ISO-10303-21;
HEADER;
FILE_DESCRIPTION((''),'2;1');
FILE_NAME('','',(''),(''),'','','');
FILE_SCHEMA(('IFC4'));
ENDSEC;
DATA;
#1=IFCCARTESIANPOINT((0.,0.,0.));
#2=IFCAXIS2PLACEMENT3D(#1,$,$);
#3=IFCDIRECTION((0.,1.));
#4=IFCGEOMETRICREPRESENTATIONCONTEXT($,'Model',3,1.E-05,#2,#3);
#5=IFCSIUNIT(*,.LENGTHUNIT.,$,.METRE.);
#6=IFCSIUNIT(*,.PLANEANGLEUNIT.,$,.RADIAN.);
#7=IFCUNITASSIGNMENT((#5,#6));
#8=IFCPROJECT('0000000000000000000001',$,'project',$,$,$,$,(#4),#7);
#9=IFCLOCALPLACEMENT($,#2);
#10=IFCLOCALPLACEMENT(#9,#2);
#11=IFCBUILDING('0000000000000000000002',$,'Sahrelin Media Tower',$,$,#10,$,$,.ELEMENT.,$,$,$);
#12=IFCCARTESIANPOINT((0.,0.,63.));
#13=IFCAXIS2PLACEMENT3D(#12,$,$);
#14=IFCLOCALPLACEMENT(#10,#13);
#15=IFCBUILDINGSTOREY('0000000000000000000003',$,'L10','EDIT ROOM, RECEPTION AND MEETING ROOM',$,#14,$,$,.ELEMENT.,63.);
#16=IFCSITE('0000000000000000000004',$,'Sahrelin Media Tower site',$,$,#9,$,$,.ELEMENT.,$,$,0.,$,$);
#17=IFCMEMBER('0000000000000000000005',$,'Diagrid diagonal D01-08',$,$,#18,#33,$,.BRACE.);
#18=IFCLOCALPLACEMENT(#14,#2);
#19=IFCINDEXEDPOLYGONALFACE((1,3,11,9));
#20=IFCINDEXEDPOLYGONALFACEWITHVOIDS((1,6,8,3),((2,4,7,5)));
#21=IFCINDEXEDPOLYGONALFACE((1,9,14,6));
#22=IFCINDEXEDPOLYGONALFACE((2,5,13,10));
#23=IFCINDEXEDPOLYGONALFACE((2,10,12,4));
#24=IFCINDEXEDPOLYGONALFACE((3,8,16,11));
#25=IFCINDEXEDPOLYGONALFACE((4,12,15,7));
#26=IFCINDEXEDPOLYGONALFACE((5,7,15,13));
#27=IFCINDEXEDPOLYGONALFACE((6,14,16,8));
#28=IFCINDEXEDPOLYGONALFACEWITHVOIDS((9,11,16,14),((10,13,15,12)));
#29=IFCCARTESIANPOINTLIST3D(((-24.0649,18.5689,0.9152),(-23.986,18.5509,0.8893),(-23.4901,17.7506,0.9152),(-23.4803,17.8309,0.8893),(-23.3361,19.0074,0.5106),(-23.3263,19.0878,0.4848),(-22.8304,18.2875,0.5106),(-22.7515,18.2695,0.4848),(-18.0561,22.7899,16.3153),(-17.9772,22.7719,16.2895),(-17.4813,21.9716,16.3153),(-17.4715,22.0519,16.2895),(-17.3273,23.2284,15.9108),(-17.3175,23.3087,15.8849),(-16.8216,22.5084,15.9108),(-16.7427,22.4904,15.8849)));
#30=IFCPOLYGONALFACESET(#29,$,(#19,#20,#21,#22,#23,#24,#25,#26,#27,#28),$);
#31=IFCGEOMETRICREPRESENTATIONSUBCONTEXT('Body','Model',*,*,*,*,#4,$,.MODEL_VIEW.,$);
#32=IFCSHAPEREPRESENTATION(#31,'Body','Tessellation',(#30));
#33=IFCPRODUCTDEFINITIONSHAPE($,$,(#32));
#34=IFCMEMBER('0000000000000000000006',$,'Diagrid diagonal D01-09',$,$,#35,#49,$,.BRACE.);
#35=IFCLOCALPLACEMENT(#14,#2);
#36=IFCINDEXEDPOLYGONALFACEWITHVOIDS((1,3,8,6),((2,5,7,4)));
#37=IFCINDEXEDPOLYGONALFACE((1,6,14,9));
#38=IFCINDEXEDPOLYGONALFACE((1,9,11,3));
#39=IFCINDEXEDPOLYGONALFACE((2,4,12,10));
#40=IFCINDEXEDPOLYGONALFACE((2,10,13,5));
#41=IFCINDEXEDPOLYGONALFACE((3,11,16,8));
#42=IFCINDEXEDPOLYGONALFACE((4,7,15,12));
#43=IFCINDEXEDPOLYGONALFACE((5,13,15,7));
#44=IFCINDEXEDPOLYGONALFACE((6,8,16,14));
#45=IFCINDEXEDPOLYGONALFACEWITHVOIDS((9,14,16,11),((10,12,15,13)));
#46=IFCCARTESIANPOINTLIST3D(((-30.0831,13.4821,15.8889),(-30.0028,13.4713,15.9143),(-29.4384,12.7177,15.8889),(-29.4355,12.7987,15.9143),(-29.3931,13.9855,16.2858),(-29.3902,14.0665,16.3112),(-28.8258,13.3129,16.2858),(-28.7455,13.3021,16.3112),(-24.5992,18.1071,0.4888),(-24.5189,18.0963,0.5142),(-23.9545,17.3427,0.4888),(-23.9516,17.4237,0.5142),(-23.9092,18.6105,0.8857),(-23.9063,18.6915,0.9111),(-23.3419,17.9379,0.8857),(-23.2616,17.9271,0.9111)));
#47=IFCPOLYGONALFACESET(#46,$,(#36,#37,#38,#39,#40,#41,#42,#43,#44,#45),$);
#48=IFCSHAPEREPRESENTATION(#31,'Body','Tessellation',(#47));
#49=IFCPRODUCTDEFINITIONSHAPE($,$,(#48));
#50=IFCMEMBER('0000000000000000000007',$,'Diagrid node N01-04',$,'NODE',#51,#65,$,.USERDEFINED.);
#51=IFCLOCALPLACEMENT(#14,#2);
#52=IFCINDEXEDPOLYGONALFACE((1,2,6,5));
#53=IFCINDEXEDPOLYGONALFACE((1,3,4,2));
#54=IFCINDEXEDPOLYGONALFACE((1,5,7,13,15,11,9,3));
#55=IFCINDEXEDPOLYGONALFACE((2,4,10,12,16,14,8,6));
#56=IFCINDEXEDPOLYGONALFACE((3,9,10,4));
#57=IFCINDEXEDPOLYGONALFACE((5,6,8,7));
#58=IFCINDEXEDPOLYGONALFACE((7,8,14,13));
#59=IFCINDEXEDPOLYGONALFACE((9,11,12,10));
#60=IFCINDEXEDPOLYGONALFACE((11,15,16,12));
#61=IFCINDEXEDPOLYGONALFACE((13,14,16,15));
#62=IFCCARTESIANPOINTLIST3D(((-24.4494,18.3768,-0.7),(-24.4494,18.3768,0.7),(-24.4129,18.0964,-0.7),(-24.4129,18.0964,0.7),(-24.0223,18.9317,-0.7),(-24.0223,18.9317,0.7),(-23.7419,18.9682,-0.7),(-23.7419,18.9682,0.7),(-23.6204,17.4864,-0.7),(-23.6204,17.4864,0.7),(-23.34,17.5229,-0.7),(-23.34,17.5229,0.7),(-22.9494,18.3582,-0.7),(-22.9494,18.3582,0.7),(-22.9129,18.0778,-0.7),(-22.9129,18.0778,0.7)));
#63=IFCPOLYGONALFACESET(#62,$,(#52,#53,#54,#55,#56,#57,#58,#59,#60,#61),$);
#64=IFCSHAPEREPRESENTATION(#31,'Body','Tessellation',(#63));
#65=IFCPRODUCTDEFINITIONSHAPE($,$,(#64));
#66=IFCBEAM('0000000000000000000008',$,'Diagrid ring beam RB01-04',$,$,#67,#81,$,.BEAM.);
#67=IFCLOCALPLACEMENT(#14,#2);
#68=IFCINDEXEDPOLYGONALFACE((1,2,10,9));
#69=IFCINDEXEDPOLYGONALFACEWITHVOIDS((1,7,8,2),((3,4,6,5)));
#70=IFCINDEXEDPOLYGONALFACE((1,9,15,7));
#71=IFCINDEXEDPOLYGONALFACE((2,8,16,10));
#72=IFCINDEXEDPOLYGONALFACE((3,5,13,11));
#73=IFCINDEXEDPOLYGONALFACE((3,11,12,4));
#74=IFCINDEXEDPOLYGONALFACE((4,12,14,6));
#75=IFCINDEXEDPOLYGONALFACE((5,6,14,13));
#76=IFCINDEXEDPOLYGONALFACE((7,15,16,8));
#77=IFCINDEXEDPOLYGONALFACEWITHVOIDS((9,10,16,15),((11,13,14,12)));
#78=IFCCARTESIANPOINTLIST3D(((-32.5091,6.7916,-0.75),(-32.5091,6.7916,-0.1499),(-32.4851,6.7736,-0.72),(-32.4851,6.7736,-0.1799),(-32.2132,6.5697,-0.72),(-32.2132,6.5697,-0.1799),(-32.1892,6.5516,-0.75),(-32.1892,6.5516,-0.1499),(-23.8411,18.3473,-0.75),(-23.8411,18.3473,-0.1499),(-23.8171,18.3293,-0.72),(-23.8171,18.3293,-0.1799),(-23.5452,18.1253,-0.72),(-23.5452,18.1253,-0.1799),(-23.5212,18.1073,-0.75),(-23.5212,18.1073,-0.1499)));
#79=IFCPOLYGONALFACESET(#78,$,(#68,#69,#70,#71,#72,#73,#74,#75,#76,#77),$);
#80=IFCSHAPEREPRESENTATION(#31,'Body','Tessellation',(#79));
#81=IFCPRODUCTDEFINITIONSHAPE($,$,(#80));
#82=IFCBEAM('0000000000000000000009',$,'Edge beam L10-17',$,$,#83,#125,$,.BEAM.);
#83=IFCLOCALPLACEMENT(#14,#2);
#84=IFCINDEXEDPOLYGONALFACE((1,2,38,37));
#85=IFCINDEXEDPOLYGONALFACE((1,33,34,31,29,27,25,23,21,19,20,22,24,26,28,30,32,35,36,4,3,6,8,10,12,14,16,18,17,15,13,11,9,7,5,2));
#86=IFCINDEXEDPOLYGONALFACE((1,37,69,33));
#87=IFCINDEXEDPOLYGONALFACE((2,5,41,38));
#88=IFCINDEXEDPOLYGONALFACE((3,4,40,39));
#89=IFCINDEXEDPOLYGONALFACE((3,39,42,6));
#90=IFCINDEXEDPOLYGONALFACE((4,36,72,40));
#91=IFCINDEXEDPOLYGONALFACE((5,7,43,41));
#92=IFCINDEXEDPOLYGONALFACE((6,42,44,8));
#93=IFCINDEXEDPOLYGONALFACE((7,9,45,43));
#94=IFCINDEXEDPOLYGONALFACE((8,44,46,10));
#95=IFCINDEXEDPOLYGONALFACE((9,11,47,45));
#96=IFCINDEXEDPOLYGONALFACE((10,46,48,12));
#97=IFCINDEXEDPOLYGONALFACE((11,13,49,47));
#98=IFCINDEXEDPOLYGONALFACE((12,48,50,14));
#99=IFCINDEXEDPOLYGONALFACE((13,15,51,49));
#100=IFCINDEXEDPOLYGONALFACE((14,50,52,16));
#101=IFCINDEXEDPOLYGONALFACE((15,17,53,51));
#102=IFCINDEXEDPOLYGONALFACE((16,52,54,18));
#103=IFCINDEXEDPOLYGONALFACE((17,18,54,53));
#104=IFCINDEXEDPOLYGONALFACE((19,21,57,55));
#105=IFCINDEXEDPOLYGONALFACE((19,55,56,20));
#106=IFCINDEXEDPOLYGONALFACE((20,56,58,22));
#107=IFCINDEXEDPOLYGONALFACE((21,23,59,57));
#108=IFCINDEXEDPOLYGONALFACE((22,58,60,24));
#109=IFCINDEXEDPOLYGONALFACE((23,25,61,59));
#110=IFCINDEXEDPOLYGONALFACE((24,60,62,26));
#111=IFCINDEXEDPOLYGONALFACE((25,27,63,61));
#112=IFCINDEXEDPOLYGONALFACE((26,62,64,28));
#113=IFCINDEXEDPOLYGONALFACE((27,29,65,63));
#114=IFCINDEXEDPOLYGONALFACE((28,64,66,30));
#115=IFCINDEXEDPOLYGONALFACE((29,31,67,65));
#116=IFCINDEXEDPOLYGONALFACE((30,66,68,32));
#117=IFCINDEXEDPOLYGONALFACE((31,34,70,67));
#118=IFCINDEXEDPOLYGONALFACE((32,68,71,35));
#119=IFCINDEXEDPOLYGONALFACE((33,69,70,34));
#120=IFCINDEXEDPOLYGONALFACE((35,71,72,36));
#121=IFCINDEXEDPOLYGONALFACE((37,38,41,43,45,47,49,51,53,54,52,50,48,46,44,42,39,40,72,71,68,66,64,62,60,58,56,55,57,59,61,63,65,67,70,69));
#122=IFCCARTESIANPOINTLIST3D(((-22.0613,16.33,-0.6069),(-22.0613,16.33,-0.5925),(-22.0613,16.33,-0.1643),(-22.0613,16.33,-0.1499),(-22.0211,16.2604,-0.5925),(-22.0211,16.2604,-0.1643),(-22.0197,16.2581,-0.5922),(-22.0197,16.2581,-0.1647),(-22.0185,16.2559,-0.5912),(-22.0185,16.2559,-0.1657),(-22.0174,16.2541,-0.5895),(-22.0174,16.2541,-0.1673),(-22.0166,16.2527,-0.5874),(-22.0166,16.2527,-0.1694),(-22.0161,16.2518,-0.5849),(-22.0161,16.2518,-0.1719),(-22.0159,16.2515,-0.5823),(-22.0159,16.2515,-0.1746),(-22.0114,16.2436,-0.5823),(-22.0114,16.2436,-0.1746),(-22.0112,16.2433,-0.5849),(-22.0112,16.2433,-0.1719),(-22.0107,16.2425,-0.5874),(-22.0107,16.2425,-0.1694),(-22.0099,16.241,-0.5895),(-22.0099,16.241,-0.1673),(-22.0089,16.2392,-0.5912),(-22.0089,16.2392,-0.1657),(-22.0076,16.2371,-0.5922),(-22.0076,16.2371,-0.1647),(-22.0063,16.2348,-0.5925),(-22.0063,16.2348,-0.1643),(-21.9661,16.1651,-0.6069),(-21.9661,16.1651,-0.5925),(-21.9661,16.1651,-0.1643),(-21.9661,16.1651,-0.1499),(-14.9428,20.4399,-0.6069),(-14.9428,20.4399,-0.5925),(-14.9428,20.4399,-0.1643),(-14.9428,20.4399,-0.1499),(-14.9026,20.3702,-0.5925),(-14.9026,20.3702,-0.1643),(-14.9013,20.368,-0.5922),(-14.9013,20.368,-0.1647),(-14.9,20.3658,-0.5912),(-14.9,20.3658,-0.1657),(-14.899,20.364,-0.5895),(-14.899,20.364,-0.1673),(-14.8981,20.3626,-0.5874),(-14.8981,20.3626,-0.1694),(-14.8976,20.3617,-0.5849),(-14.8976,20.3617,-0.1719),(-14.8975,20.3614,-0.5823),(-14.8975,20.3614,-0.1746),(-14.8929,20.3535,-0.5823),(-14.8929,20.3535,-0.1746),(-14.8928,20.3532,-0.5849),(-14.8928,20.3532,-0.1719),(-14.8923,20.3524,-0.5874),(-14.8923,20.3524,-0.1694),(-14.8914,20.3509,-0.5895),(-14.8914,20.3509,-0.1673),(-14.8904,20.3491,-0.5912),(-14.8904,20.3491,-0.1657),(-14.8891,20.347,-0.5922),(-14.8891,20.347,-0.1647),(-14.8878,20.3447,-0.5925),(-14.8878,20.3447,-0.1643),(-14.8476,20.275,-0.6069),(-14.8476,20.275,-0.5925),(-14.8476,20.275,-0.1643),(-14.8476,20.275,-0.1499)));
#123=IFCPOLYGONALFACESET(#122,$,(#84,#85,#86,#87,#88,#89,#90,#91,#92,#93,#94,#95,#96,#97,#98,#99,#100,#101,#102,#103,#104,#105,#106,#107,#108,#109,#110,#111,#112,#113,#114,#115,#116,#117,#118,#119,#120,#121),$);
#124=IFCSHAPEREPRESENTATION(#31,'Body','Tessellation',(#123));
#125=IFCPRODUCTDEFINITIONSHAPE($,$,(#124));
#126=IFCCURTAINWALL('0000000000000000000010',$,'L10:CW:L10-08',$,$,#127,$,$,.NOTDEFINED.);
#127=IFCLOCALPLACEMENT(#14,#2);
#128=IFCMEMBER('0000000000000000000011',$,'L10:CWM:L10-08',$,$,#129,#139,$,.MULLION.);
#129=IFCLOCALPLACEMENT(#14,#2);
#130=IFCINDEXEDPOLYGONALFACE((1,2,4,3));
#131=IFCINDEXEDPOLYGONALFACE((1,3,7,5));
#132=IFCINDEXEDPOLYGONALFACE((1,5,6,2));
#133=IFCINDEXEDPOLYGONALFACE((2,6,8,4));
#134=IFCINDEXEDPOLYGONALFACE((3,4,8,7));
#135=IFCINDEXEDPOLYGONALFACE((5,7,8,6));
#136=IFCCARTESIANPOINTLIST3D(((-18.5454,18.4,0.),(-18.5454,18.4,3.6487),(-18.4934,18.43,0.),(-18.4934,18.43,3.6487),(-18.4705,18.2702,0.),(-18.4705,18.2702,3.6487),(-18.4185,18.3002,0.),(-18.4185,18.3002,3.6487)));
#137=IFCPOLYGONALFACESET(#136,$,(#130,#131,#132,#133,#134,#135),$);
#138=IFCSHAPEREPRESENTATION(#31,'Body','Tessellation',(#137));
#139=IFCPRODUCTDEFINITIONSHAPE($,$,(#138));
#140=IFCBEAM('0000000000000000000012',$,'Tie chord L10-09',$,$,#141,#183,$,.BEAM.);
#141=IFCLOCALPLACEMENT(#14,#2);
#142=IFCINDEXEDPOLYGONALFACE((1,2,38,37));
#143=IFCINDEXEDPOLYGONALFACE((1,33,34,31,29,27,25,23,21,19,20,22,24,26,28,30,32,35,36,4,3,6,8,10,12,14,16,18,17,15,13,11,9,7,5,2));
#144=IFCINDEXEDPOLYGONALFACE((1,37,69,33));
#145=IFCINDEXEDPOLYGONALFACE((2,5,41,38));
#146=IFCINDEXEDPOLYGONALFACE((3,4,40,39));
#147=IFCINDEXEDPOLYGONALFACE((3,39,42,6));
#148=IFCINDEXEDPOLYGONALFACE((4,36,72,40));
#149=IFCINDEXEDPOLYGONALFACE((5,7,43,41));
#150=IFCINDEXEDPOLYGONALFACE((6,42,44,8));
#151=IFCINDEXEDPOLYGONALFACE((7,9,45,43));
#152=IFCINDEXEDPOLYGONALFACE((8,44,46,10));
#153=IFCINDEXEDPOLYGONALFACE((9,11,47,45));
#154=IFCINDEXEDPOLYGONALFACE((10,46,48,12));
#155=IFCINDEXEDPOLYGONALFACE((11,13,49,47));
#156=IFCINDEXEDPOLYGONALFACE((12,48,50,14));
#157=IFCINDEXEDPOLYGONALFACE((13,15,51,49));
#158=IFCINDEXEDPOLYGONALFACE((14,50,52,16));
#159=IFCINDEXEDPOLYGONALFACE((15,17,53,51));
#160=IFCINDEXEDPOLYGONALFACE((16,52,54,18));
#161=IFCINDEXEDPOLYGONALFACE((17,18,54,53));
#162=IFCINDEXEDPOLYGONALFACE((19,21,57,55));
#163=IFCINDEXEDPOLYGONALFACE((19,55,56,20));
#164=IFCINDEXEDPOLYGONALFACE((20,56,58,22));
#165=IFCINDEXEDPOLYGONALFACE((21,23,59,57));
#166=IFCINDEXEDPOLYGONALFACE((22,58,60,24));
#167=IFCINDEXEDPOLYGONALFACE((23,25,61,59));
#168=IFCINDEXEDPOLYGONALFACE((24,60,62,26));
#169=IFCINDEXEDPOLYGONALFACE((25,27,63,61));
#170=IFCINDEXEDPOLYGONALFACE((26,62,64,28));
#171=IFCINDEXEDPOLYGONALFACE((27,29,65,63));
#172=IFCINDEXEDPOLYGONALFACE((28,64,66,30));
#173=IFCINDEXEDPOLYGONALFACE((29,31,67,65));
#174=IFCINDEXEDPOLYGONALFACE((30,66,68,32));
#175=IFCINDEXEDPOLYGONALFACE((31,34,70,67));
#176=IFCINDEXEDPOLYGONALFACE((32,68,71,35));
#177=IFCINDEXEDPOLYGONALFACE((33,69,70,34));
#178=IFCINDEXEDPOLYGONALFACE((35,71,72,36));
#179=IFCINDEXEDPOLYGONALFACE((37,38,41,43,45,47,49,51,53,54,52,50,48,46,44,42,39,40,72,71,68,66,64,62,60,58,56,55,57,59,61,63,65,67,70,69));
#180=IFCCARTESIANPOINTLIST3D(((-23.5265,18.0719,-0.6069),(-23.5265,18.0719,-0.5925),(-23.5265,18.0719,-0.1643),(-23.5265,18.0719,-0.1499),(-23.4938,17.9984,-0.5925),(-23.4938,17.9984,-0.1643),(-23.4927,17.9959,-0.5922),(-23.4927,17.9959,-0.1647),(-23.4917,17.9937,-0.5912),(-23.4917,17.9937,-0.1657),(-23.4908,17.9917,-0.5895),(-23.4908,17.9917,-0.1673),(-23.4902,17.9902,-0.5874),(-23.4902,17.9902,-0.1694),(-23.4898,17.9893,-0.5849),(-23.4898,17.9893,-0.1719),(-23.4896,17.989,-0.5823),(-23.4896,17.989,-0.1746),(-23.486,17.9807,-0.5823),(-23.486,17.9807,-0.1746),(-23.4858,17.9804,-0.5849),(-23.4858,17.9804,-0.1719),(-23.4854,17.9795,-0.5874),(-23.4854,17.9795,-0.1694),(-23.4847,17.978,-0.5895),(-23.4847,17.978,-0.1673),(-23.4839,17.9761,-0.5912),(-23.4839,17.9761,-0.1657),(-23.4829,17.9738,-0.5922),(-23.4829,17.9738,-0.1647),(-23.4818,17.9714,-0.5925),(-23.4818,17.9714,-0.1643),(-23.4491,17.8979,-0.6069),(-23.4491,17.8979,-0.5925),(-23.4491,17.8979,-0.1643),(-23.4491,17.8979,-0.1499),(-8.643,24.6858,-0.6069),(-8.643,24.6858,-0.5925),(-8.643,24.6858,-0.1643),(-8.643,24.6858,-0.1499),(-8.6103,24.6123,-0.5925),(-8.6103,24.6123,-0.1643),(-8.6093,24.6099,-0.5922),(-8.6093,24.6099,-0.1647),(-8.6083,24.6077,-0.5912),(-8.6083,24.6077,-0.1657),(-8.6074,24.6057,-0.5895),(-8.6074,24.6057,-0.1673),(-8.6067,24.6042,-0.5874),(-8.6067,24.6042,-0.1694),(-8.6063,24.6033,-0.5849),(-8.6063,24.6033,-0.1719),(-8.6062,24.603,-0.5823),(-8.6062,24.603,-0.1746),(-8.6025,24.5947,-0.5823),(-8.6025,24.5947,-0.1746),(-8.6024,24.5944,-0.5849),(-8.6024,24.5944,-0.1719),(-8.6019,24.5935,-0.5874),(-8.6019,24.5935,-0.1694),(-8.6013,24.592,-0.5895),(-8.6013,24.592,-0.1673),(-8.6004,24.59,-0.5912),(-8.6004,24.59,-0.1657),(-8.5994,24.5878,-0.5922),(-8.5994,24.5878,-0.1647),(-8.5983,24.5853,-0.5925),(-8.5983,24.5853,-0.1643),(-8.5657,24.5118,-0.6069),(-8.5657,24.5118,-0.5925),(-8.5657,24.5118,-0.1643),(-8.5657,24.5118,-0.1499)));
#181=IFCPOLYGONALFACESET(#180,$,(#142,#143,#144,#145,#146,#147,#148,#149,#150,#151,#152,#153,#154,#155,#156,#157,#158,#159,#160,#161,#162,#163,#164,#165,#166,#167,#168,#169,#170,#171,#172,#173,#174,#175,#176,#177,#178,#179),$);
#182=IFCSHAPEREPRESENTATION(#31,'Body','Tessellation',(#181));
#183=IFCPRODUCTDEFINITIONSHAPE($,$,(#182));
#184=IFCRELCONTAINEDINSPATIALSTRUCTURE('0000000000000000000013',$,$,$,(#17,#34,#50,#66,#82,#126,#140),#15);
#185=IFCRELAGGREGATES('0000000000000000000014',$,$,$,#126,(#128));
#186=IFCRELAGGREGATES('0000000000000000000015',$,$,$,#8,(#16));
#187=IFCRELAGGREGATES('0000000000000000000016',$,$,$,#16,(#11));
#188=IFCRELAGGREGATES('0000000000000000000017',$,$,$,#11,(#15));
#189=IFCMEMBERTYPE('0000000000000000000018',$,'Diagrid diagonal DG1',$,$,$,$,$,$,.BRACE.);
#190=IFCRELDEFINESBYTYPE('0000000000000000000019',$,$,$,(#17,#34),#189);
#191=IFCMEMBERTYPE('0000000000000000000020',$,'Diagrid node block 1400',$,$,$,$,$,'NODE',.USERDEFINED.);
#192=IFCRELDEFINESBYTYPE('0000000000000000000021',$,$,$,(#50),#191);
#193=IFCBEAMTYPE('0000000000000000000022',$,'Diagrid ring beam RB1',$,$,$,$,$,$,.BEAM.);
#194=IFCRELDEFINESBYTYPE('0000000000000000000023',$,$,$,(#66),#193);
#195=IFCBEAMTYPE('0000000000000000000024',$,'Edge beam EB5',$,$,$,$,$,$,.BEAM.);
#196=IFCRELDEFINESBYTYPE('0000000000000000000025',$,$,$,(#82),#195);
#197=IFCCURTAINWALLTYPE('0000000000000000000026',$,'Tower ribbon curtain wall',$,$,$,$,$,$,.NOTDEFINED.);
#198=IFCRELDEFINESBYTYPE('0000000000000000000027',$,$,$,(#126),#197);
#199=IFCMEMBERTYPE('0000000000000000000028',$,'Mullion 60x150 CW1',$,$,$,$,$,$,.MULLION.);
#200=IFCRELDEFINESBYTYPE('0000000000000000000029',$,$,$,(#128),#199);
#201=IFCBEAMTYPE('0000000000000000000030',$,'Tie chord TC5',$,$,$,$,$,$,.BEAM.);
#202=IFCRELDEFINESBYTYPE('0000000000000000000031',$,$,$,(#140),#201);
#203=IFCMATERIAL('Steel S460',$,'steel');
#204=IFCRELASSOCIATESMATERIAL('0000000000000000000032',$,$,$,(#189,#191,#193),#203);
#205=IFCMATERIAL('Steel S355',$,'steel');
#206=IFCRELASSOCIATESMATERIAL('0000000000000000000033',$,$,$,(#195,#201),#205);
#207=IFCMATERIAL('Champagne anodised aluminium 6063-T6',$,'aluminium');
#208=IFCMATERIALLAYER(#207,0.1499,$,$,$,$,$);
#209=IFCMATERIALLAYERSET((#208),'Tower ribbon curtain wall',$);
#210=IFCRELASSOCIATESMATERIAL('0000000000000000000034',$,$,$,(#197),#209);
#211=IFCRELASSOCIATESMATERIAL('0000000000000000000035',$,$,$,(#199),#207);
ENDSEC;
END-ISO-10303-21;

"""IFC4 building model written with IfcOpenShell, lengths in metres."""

from ifc_helpers import new_model, si_unit, direction, frame, origin, origin_2d, place, context, subcontext, project, spatial, polyline, rectangle, hollow_rectangle, i_section, outline, extrude, material, layer, layer_set, material_profile, profile_set, type_object, element, aggregate, save


model = new_model("IFC4")

# Units and contexts
model_context = context("Model", 3, precision=1e-05, world=origin(), true_north=direction((0.0, 1.0)))
body_context = subcontext(model_context, "Body", "Model", "MODEL_VIEW")
ifc_project = project(units=[si_unit("LENGTHUNIT", "METRE"), si_unit("PLANEANGLEUNIT", "RADIAN")], contexts=[model_context])

# Site, building, storey
site_placement = place(None, origin())
site = spatial("IfcSite", under=ifc_project, at=site_placement, Name="Sahrelin Media Tower site", CompositionType="ELEMENT", RefElevation=0.0)
building_placement = place(site_placement, origin())
building = spatial("IfcBuilding", under=site, at=building_placement, Name="Sahrelin Media Tower", CompositionType="ELEMENT")
storey_placement = place(building_placement, frame((0.0, 0.0, 63.0)))
storey = spatial("IfcBuildingStorey", under=building, at=storey_placement, Name="L10", Description="EDIT ROOM, RECEPTION AND MEETING ROOM", CompositionType="ELEMENT", Elevation=63.0)

# Members
ifc_material_1 = material(Name="Steel S460", Category="steel")
ifc_material_profile_1 = material_profile(ifc_material_1, hollow_rectangle(XDim=1.0, YDim=1.0, WallThickness=0.0601, at=origin_2d()), Name="Diagrid diagonal DG1")
ifc_profile_set_1 = profile_set([ifc_material_profile_1], Name="Steel S460")
member_type_1 = type_object("IfcMemberType", Name="Diagrid diagonal DG1", PredefinedType="BRACE", material=ifc_profile_set_1)
member_1_placement = place(storey_placement, frame((-23.4082, 18.4192, 0.7), z_axis=(0.352189, 0.2474, 0.902639), x_axis=(-0.574814, 0.818284, 0.0)))
element("IfcMember", 1, at=member_1_placement, inside=storey, type_object=member_type_1, Name="Diagrid diagonal D01-08", PredefinedType="BRACE", context=body_context, shape_type="SweptSolid", body=[
    extrude(hollow_rectangle(XDim=1.0, YDim=1.0, WallThickness=0.0601, at=origin_2d()), origin(), (0.0, 0.0, 1.0), 17.0613),
])
member_2_placement = place(storey_placement, frame((-23.9304, 18.0171, 0.7), z_axis=(-0.322789, -0.272234, 0.906474), x_axis=(0.644706, -0.764431, 0.0)))
element("IfcMember", 2, at=member_2_placement, inside=storey, type_object=member_type_1, Name="Diagrid diagonal D01-09", PredefinedType="BRACE", context=body_context, shape_type="SweptSolid", body=[
    extrude(hollow_rectangle(XDim=1.0, YDim=1.0, WallThickness=0.0601, at=origin_2d()), origin(), (0.0, 0.0, 1.0), 16.989),
])
ifc_material_profile_2 = material_profile(ifc_material_1, outline(polyline([(0.5, -0.55), (0.7, -0.3501), (0.7, 0.3501), (0.5, 0.55), (-0.5, 0.55), (-0.7, 0.3501), (-0.7, -0.3501), (-0.5, -0.55), (0.5, -0.55)])), Name="Diagrid node block 1400")
ifc_profile_set_2 = profile_set([ifc_material_profile_2], Name="Steel S460")
member_type_2 = type_object("IfcMemberType", Name="Diagrid node block 1400", ElementType="NODE", PredefinedType="USERDEFINED", material=ifc_profile_set_2)
member_3_placement = place(storey_placement, frame((-23.6812, 18.2273, -0.7), z_axis=(0.0, 0.0, 1.0), x_axis=(-0.792445, 0.609943, 0.0)))
element("IfcMember", 3, at=member_3_placement, inside=storey, type_object=member_type_2, Name="Diagrid node N01-04", ObjectType="NODE", PredefinedType="USERDEFINED", context=body_context, shape_type="SweptSolid", body=[
    extrude(outline(polyline([(0.5, -0.55), (0.7, -0.3501), (0.7, 0.3501), (0.5, 0.55), (-0.5, 0.55), (-0.7, 0.3501), (-0.7, -0.3501), (-0.5, -0.55), (0.5, -0.55)])), origin(), (0.0, 0.0, 1.0), 1.3999),
])

# Beams
ifc_material_profile_3 = material_profile(ifc_material_1, hollow_rectangle(XDim=0.3999, YDim=0.6001, WallThickness=0.03, at=origin_2d()), Name="Diagrid ring beam RB1")
ifc_profile_set_3 = profile_set([ifc_material_profile_3], Name="Steel S460")
beam_type_1 = type_object("IfcBeamType", Name="Diagrid ring beam RB1", PredefinedType="BEAM", material=ifc_profile_set_3)
beam_1_placement = place(storey_placement, frame((-23.6812, 18.2273, -0.45), z_axis=(-0.600054, -0.799959, 0.0), x_axis=(0.799959, -0.600054, 0.0)))
element("IfcBeam", 4, at=beam_1_placement, inside=storey, type_object=beam_type_1, Name="Diagrid ring beam RB01-04", PredefinedType="BEAM", context=body_context, shape_type="SweptSolid", body=[
    extrude(hollow_rectangle(XDim=0.3999, YDim=0.6001, WallThickness=0.03, at=origin_2d()), origin(), (0.0, 0.0, 1.0), 14.4453),
])
ifc_material_2 = material(Name="Steel S355", Category="steel")
ifc_material_profile_4 = material_profile(ifc_material_2, i_section(OverallWidth=0.1904, OverallDepth=0.457, WebThickness=0.009, FlangeThickness=0.0144, FilletRadius=0.0103, at=origin_2d()), Name="UB 457x191x74")
ifc_profile_set_4 = profile_set([ifc_material_profile_4], Name="Steel S355")
beam_type_2 = type_object("IfcBeamType", Name="Edge beam EB5", PredefinedType="BEAM", material=ifc_profile_set_4)
beam_2_placement = place(storey_placement, frame((-22.0137, 16.2476, -0.3784), z_axis=(0.866023, 0.500004, 0.0), x_axis=(-0.500004, 0.866023, 0.0)))
element("IfcBeam", 5, at=beam_2_placement, inside=storey, type_object=beam_type_2, Name="Edge beam L10-17", PredefinedType="BEAM", context=body_context, shape_type="SweptSolid", body=[
    extrude(i_section(OverallWidth=0.1904, OverallDepth=0.457, WebThickness=0.009, FlangeThickness=0.0144, FilletRadius=0.0103, at=origin_2d()), origin(), (0.0, 0.0, 1.0), 8.2197),
])

# Curtain wall, member
ifc_material_3 = material(Name="Champagne anodised aluminium 6063-T6", Category="aluminium")
ifc_layer_1 = layer(ifc_material_3, 0.1499)
ifc_layer_set_1 = layer_set([ifc_layer_1], Name="Tower ribbon curtain wall")
curtain_wall_type = type_object("IfcCurtainWallType", Name="Tower ribbon curtain wall", PredefinedType="NOTDEFINED", material=ifc_layer_set_1)
curtain_wall_1_placement = place(storey_placement, frame((-18.5293, 18.4326, 0.0), z_axis=(0.0, 0.0, 1.0), x_axis=(1.0, 0.0, 0.0)))
curtain_wall_1 = element("IfcCurtainWall", 6, at=curtain_wall_1_placement, inside=storey, type_object=curtain_wall_type, Name="L10:CW:L10-08", PredefinedType="NOTDEFINED")
ifc_material_profile_5 = material_profile(ifc_material_3, rectangle(XDim=0.0601, YDim=0.1499, at=origin_2d()), Name="Mullion 60x150")
ifc_profile_set_5 = profile_set([ifc_material_profile_5], Name="Champagne anodised aluminium 6063-T6")
member_type_3 = type_object("IfcMemberType", Name="Mullion 60x150 CW1", PredefinedType="MULLION", material=ifc_profile_set_5)
member_4_placement = place(storey_placement, frame((-18.4819, 18.3501, 0.0), z_axis=(0.0, 0.0, 1.0), x_axis=(-0.866025, -0.5, 0.0)))
member_4 = element("IfcMember", 7, at=member_4_placement, type_object=member_type_3, Name="L10:CWM:L10-08", PredefinedType="MULLION", context=body_context, shape_type="SweptSolid", body=[
    extrude(rectangle(XDim=0.0601, YDim=0.1499, at=origin_2d()), origin(), (0.0, 0.0, 1.0), 3.6487),
])
aggregate(curtain_wall_1, [member_4])

# Beam
ifc_material_profile_6 = material_profile(ifc_material_2, i_section(OverallWidth=0.1904, OverallDepth=0.457, WebThickness=0.009, FlangeThickness=0.0144, FilletRadius=0.0103, at=origin_2d()), Name="UB 457x191x74")
ifc_profile_set_6 = profile_set([ifc_material_profile_6], Name="Steel S355")
beam_type_3 = type_object("IfcBeamType", Name="Tie chord TC5", PredefinedType="BEAM", material=ifc_profile_set_6)
beam_3_placement = place(storey_placement, frame((-23.4878, 17.9849, -0.3784), z_axis=(0.913832, 0.406093, 0.0), x_axis=(-0.406093, 0.913832, 0.0)))
element("IfcBeam", 8, at=beam_3_placement, inside=storey, type_object=beam_type_3, Name="Tie chord L10-09", PredefinedType="BEAM", context=body_context, shape_type="SweptSolid", body=[
    extrude(i_section(OverallWidth=0.1904, OverallDepth=0.457, WebThickness=0.009, FlangeThickness=0.0144, FilletRadius=0.0103, at=origin_2d()), origin(), (0.0, 0.0, 1.0), 16.2869),
])

save(model, "model.ifc")
